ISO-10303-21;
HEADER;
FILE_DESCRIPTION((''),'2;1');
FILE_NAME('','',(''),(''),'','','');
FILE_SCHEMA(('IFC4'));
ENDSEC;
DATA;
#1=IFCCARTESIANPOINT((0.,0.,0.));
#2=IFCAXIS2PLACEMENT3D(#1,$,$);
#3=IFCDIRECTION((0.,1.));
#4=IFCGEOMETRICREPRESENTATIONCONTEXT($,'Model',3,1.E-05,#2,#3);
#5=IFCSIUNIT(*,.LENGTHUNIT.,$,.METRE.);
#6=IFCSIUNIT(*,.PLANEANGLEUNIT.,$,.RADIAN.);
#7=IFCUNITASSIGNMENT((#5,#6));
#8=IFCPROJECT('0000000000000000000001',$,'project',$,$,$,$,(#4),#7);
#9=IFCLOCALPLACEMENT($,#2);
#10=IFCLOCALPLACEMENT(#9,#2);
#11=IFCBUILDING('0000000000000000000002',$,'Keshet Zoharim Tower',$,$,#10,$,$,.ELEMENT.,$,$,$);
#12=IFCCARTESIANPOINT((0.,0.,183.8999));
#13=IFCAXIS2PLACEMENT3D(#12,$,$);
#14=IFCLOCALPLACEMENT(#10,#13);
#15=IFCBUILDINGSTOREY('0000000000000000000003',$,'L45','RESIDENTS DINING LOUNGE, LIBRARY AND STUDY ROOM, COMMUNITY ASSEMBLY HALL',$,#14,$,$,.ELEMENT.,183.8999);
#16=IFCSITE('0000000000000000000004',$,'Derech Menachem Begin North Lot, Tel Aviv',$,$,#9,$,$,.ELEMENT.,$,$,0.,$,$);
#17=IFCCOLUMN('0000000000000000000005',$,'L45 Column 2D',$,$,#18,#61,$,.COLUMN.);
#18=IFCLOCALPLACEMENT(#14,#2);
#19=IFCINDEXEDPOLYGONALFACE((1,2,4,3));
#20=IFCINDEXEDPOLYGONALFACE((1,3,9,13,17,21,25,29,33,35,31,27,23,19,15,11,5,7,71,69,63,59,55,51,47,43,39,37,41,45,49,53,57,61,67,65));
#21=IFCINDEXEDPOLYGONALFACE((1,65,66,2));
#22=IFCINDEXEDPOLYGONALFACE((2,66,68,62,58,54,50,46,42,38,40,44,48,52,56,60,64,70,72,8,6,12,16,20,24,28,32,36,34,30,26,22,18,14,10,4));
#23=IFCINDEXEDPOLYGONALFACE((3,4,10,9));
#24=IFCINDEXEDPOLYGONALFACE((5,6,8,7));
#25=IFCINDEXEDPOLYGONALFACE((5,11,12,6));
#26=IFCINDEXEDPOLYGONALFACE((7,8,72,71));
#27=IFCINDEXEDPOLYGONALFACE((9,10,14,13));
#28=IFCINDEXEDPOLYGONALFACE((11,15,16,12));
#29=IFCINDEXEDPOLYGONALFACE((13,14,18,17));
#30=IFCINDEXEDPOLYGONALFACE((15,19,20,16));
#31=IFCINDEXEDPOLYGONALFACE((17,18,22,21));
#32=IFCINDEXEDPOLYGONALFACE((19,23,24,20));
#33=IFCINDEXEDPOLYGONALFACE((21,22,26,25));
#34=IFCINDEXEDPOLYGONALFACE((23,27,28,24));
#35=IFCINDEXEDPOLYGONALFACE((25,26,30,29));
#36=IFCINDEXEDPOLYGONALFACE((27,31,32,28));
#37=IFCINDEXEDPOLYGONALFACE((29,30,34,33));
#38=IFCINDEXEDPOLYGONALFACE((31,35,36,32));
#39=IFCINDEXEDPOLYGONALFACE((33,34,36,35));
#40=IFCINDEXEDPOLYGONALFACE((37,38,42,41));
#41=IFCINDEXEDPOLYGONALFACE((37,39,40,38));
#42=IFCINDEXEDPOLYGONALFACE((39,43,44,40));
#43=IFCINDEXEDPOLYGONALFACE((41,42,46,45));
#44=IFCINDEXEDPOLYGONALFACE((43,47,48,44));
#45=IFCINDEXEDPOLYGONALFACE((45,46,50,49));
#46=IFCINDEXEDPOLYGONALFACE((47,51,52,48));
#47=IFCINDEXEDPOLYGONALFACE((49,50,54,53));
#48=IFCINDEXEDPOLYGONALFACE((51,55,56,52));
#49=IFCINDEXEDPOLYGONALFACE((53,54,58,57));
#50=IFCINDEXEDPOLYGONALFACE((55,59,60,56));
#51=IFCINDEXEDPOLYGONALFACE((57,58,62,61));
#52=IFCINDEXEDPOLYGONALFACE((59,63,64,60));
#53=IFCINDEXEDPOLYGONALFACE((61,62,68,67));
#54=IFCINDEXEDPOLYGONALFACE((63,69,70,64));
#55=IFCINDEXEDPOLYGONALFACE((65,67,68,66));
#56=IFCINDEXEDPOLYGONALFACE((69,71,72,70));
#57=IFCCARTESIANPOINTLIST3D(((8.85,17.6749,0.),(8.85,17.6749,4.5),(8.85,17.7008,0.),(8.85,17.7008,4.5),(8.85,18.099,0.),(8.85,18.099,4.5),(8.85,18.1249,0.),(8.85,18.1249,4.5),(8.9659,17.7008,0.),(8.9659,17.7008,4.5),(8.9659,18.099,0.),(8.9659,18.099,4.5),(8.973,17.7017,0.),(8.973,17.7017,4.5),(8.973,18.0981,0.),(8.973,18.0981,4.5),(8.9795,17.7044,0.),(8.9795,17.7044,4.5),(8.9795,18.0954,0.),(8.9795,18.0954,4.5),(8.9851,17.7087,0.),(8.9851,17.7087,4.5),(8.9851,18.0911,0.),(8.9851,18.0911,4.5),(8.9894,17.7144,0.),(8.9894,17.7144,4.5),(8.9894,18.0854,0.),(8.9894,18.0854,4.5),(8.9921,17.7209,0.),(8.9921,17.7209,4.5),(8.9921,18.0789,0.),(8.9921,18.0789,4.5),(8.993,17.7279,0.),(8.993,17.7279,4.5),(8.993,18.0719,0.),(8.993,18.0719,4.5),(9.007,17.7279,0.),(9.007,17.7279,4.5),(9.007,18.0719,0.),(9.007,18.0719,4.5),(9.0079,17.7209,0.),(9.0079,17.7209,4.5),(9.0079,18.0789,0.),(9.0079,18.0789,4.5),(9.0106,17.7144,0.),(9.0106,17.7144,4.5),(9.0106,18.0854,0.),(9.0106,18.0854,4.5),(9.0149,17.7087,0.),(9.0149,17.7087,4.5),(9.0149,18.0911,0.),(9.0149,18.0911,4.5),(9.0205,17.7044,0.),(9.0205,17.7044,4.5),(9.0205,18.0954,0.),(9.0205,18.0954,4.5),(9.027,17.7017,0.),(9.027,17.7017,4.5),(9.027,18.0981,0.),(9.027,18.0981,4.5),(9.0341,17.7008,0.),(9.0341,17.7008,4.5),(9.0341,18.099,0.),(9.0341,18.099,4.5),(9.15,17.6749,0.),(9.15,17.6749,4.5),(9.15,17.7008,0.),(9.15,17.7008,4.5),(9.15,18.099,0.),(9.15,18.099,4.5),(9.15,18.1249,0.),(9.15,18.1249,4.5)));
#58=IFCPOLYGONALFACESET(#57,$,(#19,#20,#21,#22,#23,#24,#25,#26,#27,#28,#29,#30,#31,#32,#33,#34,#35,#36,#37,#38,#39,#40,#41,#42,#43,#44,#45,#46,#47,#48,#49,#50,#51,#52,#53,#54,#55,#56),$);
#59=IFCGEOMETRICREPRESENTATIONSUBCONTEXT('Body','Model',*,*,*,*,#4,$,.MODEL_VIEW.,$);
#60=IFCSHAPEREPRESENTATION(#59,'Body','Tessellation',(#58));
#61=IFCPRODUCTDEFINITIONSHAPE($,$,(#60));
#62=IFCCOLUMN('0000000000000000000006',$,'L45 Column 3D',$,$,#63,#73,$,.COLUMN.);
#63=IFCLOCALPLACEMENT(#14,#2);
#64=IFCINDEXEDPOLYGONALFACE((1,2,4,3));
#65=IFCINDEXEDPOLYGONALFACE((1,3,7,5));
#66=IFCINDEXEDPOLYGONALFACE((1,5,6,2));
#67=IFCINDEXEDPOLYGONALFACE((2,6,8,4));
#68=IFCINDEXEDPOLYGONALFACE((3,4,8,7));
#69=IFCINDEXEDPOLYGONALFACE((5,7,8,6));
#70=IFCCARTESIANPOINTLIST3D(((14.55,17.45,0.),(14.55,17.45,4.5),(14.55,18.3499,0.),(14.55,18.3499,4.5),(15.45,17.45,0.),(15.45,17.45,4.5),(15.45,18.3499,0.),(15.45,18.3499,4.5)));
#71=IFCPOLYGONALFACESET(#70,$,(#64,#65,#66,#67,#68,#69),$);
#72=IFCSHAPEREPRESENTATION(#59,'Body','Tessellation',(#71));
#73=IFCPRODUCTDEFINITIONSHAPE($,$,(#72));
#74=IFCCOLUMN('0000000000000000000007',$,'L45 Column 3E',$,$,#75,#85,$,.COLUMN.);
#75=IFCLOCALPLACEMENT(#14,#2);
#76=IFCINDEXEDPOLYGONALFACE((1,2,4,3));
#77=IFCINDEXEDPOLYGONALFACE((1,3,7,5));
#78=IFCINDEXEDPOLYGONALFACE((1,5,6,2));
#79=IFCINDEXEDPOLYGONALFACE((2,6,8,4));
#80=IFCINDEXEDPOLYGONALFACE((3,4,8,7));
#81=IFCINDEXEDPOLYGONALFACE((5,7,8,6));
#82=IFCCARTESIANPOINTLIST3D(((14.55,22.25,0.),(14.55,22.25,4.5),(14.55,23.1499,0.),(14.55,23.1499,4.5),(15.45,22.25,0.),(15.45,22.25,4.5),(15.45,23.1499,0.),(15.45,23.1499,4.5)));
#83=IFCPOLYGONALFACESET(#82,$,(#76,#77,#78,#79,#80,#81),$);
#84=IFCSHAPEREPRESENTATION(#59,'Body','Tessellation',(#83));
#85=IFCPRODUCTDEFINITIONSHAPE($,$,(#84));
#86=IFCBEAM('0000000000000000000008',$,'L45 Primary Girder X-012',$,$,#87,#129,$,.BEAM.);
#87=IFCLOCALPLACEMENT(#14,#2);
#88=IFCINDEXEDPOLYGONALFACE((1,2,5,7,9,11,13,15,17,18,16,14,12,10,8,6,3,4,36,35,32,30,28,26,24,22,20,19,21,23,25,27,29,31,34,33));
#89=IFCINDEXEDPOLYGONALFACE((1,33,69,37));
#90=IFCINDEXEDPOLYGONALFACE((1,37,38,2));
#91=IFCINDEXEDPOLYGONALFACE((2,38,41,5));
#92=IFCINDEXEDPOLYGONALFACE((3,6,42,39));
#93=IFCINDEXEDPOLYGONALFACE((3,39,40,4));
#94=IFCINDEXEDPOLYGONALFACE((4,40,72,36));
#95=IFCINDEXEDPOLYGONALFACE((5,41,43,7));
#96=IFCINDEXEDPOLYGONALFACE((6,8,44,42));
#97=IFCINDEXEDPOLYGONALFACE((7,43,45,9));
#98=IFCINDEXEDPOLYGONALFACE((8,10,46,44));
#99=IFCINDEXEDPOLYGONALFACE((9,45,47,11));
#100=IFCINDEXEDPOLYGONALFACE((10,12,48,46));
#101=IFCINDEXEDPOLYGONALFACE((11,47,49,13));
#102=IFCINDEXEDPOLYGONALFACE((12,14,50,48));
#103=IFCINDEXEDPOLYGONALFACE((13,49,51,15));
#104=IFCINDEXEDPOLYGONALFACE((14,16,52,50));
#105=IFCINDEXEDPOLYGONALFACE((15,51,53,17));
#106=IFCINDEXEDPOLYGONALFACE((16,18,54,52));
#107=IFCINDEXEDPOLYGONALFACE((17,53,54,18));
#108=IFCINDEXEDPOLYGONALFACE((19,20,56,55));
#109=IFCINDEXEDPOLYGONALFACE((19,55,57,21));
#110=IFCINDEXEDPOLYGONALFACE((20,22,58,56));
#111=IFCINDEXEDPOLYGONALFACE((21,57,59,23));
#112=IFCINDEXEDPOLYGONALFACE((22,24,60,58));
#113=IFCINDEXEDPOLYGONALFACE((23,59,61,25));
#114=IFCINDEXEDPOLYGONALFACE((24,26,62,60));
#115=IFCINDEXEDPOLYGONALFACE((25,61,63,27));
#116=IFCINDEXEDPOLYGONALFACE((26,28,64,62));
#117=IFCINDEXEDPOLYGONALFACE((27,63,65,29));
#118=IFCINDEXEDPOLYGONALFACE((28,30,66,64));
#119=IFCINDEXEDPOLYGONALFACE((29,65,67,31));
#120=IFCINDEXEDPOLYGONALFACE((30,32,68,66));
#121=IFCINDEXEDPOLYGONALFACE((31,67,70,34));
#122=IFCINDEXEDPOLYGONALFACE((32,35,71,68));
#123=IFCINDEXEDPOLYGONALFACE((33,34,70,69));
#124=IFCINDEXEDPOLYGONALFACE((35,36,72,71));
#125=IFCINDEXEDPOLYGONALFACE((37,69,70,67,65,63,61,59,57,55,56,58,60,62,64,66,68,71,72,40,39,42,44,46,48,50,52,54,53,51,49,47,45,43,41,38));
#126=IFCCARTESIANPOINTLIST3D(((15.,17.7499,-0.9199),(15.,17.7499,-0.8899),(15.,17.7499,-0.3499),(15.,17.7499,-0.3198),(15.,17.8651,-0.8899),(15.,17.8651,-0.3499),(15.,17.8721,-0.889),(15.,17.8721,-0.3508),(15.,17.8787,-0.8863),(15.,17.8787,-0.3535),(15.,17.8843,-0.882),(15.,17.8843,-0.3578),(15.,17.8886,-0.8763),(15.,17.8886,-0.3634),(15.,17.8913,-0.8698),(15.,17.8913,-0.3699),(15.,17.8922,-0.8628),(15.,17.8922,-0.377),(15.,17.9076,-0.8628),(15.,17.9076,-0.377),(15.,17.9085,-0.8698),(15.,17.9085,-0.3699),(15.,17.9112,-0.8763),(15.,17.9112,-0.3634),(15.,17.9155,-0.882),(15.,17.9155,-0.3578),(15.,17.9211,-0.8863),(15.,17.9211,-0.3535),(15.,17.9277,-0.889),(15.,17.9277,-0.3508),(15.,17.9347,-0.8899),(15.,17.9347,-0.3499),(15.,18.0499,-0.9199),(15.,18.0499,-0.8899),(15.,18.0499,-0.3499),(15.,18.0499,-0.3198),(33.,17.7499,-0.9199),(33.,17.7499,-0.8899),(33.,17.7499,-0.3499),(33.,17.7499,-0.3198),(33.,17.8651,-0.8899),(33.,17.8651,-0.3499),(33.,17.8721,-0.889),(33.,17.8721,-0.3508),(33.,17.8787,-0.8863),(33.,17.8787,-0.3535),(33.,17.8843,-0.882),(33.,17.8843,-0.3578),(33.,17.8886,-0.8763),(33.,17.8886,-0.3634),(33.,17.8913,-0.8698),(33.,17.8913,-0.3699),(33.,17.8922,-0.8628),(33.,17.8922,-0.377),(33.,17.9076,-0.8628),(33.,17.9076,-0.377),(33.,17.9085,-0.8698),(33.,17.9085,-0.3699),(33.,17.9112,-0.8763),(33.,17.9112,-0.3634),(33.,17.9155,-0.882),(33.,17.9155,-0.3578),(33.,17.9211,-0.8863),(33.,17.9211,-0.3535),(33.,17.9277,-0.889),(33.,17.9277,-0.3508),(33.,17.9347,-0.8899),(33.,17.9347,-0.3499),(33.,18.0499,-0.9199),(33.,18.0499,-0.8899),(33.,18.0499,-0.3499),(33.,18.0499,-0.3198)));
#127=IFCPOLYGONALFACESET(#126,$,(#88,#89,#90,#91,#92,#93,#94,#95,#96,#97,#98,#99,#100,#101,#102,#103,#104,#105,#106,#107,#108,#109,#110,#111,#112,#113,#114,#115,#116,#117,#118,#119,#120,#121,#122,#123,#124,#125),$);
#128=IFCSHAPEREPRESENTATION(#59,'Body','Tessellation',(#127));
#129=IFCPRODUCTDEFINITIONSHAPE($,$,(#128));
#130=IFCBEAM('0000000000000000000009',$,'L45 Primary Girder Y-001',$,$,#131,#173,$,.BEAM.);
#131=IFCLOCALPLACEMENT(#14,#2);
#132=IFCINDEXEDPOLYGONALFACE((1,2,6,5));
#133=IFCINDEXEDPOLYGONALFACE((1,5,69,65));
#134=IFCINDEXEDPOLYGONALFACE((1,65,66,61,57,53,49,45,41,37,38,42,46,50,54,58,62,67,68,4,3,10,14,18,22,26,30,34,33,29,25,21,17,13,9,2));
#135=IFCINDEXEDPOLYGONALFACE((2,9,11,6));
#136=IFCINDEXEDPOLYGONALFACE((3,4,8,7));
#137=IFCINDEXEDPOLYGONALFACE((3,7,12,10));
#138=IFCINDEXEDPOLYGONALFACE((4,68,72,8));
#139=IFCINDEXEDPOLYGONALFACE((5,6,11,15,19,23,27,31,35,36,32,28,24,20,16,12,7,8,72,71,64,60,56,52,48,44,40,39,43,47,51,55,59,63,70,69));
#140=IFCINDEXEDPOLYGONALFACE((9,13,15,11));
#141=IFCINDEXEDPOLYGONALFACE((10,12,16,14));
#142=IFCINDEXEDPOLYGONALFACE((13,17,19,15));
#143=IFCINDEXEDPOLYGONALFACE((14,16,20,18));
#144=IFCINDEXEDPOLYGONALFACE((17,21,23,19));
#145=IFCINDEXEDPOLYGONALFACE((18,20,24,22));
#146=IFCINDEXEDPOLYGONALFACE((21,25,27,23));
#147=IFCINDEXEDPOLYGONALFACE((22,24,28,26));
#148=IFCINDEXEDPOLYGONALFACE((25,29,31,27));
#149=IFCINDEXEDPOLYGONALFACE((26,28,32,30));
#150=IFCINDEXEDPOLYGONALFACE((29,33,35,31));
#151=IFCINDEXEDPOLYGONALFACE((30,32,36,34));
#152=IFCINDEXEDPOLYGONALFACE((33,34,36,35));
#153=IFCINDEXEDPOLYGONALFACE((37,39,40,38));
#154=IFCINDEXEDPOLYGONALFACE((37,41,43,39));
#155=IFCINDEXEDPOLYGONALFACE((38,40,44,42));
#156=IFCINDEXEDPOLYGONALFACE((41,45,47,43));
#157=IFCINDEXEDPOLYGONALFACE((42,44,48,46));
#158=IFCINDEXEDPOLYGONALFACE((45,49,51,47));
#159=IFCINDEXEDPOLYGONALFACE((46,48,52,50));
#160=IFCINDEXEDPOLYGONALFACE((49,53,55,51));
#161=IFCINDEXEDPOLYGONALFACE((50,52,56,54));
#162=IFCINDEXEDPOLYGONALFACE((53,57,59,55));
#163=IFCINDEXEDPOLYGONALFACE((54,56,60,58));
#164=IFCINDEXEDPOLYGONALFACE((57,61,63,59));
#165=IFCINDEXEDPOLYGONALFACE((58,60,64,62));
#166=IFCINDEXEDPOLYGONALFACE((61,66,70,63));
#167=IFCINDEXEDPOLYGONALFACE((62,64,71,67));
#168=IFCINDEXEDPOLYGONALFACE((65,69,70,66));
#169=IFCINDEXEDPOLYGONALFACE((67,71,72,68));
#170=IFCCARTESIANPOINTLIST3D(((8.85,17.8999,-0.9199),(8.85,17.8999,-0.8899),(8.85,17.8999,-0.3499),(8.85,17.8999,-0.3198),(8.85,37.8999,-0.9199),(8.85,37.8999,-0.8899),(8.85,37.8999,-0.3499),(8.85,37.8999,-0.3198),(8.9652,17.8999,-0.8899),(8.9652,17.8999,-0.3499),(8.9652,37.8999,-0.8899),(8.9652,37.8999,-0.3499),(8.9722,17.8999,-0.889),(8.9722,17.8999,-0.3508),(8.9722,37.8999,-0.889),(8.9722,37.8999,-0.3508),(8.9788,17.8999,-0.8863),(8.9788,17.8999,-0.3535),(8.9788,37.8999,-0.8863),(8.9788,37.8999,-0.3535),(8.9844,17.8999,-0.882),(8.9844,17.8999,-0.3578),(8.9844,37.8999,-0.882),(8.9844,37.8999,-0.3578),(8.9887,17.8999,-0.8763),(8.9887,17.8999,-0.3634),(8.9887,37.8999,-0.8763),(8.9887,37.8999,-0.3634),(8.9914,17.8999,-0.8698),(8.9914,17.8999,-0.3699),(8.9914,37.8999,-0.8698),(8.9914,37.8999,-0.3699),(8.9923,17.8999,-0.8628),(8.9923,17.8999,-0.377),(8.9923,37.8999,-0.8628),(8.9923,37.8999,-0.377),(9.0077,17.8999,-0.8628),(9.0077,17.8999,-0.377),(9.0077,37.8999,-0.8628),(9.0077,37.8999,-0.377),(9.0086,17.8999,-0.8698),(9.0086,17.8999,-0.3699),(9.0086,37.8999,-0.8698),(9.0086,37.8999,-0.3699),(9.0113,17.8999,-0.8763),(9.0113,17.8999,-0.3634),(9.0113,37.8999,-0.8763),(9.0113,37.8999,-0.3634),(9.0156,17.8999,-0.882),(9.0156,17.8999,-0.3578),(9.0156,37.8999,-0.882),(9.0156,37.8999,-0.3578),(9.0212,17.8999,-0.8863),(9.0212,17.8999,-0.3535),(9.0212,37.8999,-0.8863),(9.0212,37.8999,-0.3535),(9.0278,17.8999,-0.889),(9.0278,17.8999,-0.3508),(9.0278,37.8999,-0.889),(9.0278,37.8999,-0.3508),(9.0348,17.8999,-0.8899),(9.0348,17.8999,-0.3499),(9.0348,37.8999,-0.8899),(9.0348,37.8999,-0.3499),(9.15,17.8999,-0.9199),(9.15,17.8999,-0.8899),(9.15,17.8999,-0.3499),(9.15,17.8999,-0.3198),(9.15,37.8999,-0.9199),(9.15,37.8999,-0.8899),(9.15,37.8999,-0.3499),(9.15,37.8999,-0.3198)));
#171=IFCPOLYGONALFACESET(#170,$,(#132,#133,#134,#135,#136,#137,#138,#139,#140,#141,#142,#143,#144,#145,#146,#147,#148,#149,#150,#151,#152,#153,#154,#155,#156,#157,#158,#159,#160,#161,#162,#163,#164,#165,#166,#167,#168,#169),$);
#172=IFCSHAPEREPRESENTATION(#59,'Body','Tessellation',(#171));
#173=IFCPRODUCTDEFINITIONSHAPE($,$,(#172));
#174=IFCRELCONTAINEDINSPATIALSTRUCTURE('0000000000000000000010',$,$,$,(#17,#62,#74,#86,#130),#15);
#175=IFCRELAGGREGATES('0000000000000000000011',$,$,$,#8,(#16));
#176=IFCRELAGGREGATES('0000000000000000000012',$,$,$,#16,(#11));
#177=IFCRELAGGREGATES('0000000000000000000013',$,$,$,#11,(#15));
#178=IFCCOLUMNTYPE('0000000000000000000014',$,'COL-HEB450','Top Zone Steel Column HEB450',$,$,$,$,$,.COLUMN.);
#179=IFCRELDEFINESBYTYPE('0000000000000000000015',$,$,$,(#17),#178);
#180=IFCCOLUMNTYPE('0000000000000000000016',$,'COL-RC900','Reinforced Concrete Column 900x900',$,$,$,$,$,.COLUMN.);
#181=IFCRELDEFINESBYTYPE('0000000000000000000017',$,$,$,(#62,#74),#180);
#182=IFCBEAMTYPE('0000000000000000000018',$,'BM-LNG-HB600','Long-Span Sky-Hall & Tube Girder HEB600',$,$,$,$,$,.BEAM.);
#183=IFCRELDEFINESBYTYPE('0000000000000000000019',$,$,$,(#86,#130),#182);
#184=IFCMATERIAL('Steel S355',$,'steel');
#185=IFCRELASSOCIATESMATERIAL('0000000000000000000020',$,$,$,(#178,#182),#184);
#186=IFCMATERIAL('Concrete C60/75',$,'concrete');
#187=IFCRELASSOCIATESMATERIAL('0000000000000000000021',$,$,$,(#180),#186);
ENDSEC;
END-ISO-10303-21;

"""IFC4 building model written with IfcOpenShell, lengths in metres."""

from ifc_helpers import new_model, si_unit, direction, frame, origin, origin_2d, place, context, subcontext, project, spatial, rectangle, i_section, extrude, material, material_profile, profile_set, type_object, element, save


model = new_model("IFC4")

# Units and contexts
model_context = context("Model", 3, precision=1e-05, world=origin(), true_north=direction((0.0, 1.0)))
body_context = subcontext(model_context, "Body", "Model", "MODEL_VIEW")
ifc_project = project(units=[si_unit("LENGTHUNIT", "METRE"), si_unit("PLANEANGLEUNIT", "RADIAN")], contexts=[model_context])

# Site, building, storey
site_placement = place(None, origin())
site = spatial("IfcSite", under=ifc_project, at=site_placement, Name="Derech Menachem Begin North Lot, Tel Aviv", CompositionType="ELEMENT", RefElevation=0.0)
building_placement = place(site_placement, origin())
building = spatial("IfcBuilding", under=site, at=building_placement, Name="Keshet Zoharim Tower", CompositionType="ELEMENT")
storey_placement = place(building_placement, frame((0.0, 0.0, 183.8999)))
storey = spatial("IfcBuildingStorey", under=building, at=storey_placement, Name="L45", Description="RESIDENTS DINING LOUNGE, LIBRARY AND STUDY ROOM, COMMUNITY ASSEMBLY HALL", CompositionType="ELEMENT", Elevation=183.8999)

# Columns
ifc_material_1 = material(Name="Steel S355", Category="steel")
ifc_material_profile_1 = material_profile(ifc_material_1, i_section(OverallWidth=0.3, OverallDepth=0.45, WebThickness=0.0139, FlangeThickness=0.0259, FilletRadius=0.0271, at=origin_2d()), Name="HEB450")
ifc_profile_set_1 = profile_set([ifc_material_profile_1], Name="Steel S355")
column_type_1 = type_object("IfcColumnType", Name="COL-HEB450", Description="Top Zone Steel Column HEB450", PredefinedType="COLUMN", material=ifc_profile_set_1)
column_placement = place(storey_placement, frame((9.0, 17.8999, 0.0), z_axis=(0.0, 0.0, 1.0), x_axis=(1.0, 0.0, 0.0)))
element("IfcColumn", 1, at=column_placement, inside=storey, type_object=column_type_1, Name="L45 Column 2D", PredefinedType="COLUMN", context=body_context, shape_type="SweptSolid", body=[
    extrude(i_section(OverallWidth=0.3, OverallDepth=0.45, WebThickness=0.0139, FlangeThickness=0.0259, FilletRadius=0.0271, at=origin_2d()), origin(), (0.0, 0.0, 1.0), 4.5),
])
ifc_material_2 = material(Name="Concrete C60/75", Category="concrete")
ifc_material_profile_2 = material_profile(ifc_material_2, rectangle(XDim=0.8999, YDim=0.8999, at=origin_2d()), Name="RC900x900")
ifc_profile_set_2 = profile_set([ifc_material_profile_2], Name="Concrete C60/75")
column_type_2 = type_object("IfcColumnType", Name="COL-RC900", Description="Reinforced Concrete Column 900x900", PredefinedType="COLUMN", material=ifc_profile_set_2)
for number, where, z_axis, x_axis, name in (
    (2, (15.0, 17.8999, 0.0), (0.0, 0.0, 1.0), (1.0, 0.0, 0.0), "L45 Column 3D"),
    (3, (15.0, 22.7, 0.0), (0.0, 0.0, 1.0), (1.0, 0.0, 0.0), "L45 Column 3E"),
):
    element("IfcColumn", number, at=place(storey_placement, frame(where, z_axis=z_axis, x_axis=x_axis)), inside=storey, type_object=column_type_2, Name=name, PredefinedType="COLUMN", context=body_context, shape_type="SweptSolid", body=[
        extrude(rectangle(XDim=0.8999, YDim=0.8999, at=origin_2d()), origin(), (0.0, 0.0, 1.0), 4.5),
    ])

# Beams
ifc_material_profile_3 = material_profile(ifc_material_1, i_section(OverallWidth=0.3, OverallDepth=0.6001, WebThickness=0.0154, FlangeThickness=0.03, FilletRadius=0.0271, at=origin_2d()), Name="HEB600")
ifc_profile_set_3 = profile_set([ifc_material_profile_3], Name="Steel S355")
beam_type_1 = type_object("IfcBeamType", Name="BM-LNG-HB600", Description="Long-Span Sky-Hall & Tube Girder HEB600", PredefinedType="BEAM", material=ifc_profile_set_3)
beam_1_placement = place(storey_placement, frame((15.0, 17.8999, -0.6199), z_axis=(1.0, 0.0, 0.0), x_axis=(0.0, 1.0, 0.0)))
element("IfcBeam", 4, at=beam_1_placement, inside=storey, type_object=beam_type_1, Name="L45 Primary Girder X-012", PredefinedType="BEAM", context=body_context, shape_type="SweptSolid", body=[
    extrude(i_section(OverallWidth=0.3, OverallDepth=0.6001, WebThickness=0.0154, FlangeThickness=0.03, FilletRadius=0.0271, at=origin_2d()), origin(), (0.0, 0.0, 1.0), 18.0),
])
beam_2_placement = place(storey_placement, frame((9.0, 17.8999, -0.6199), z_axis=(0.0, 1.0, 0.0), x_axis=(-1.0, 0.0, 0.0)))
element("IfcBeam", 5, at=beam_2_placement, inside=storey, type_object=beam_type_1, Name="L45 Primary Girder Y-001", PredefinedType="BEAM", context=body_context, shape_type="SweptSolid", body=[
    extrude(i_section(OverallWidth=0.3, OverallDepth=0.6001, WebThickness=0.0154, FlangeThickness=0.03, FilletRadius=0.0271, at=origin_2d()), origin(), (0.0, 0.0, 1.0), 20.0),
])

save(model, "model.ifc")
